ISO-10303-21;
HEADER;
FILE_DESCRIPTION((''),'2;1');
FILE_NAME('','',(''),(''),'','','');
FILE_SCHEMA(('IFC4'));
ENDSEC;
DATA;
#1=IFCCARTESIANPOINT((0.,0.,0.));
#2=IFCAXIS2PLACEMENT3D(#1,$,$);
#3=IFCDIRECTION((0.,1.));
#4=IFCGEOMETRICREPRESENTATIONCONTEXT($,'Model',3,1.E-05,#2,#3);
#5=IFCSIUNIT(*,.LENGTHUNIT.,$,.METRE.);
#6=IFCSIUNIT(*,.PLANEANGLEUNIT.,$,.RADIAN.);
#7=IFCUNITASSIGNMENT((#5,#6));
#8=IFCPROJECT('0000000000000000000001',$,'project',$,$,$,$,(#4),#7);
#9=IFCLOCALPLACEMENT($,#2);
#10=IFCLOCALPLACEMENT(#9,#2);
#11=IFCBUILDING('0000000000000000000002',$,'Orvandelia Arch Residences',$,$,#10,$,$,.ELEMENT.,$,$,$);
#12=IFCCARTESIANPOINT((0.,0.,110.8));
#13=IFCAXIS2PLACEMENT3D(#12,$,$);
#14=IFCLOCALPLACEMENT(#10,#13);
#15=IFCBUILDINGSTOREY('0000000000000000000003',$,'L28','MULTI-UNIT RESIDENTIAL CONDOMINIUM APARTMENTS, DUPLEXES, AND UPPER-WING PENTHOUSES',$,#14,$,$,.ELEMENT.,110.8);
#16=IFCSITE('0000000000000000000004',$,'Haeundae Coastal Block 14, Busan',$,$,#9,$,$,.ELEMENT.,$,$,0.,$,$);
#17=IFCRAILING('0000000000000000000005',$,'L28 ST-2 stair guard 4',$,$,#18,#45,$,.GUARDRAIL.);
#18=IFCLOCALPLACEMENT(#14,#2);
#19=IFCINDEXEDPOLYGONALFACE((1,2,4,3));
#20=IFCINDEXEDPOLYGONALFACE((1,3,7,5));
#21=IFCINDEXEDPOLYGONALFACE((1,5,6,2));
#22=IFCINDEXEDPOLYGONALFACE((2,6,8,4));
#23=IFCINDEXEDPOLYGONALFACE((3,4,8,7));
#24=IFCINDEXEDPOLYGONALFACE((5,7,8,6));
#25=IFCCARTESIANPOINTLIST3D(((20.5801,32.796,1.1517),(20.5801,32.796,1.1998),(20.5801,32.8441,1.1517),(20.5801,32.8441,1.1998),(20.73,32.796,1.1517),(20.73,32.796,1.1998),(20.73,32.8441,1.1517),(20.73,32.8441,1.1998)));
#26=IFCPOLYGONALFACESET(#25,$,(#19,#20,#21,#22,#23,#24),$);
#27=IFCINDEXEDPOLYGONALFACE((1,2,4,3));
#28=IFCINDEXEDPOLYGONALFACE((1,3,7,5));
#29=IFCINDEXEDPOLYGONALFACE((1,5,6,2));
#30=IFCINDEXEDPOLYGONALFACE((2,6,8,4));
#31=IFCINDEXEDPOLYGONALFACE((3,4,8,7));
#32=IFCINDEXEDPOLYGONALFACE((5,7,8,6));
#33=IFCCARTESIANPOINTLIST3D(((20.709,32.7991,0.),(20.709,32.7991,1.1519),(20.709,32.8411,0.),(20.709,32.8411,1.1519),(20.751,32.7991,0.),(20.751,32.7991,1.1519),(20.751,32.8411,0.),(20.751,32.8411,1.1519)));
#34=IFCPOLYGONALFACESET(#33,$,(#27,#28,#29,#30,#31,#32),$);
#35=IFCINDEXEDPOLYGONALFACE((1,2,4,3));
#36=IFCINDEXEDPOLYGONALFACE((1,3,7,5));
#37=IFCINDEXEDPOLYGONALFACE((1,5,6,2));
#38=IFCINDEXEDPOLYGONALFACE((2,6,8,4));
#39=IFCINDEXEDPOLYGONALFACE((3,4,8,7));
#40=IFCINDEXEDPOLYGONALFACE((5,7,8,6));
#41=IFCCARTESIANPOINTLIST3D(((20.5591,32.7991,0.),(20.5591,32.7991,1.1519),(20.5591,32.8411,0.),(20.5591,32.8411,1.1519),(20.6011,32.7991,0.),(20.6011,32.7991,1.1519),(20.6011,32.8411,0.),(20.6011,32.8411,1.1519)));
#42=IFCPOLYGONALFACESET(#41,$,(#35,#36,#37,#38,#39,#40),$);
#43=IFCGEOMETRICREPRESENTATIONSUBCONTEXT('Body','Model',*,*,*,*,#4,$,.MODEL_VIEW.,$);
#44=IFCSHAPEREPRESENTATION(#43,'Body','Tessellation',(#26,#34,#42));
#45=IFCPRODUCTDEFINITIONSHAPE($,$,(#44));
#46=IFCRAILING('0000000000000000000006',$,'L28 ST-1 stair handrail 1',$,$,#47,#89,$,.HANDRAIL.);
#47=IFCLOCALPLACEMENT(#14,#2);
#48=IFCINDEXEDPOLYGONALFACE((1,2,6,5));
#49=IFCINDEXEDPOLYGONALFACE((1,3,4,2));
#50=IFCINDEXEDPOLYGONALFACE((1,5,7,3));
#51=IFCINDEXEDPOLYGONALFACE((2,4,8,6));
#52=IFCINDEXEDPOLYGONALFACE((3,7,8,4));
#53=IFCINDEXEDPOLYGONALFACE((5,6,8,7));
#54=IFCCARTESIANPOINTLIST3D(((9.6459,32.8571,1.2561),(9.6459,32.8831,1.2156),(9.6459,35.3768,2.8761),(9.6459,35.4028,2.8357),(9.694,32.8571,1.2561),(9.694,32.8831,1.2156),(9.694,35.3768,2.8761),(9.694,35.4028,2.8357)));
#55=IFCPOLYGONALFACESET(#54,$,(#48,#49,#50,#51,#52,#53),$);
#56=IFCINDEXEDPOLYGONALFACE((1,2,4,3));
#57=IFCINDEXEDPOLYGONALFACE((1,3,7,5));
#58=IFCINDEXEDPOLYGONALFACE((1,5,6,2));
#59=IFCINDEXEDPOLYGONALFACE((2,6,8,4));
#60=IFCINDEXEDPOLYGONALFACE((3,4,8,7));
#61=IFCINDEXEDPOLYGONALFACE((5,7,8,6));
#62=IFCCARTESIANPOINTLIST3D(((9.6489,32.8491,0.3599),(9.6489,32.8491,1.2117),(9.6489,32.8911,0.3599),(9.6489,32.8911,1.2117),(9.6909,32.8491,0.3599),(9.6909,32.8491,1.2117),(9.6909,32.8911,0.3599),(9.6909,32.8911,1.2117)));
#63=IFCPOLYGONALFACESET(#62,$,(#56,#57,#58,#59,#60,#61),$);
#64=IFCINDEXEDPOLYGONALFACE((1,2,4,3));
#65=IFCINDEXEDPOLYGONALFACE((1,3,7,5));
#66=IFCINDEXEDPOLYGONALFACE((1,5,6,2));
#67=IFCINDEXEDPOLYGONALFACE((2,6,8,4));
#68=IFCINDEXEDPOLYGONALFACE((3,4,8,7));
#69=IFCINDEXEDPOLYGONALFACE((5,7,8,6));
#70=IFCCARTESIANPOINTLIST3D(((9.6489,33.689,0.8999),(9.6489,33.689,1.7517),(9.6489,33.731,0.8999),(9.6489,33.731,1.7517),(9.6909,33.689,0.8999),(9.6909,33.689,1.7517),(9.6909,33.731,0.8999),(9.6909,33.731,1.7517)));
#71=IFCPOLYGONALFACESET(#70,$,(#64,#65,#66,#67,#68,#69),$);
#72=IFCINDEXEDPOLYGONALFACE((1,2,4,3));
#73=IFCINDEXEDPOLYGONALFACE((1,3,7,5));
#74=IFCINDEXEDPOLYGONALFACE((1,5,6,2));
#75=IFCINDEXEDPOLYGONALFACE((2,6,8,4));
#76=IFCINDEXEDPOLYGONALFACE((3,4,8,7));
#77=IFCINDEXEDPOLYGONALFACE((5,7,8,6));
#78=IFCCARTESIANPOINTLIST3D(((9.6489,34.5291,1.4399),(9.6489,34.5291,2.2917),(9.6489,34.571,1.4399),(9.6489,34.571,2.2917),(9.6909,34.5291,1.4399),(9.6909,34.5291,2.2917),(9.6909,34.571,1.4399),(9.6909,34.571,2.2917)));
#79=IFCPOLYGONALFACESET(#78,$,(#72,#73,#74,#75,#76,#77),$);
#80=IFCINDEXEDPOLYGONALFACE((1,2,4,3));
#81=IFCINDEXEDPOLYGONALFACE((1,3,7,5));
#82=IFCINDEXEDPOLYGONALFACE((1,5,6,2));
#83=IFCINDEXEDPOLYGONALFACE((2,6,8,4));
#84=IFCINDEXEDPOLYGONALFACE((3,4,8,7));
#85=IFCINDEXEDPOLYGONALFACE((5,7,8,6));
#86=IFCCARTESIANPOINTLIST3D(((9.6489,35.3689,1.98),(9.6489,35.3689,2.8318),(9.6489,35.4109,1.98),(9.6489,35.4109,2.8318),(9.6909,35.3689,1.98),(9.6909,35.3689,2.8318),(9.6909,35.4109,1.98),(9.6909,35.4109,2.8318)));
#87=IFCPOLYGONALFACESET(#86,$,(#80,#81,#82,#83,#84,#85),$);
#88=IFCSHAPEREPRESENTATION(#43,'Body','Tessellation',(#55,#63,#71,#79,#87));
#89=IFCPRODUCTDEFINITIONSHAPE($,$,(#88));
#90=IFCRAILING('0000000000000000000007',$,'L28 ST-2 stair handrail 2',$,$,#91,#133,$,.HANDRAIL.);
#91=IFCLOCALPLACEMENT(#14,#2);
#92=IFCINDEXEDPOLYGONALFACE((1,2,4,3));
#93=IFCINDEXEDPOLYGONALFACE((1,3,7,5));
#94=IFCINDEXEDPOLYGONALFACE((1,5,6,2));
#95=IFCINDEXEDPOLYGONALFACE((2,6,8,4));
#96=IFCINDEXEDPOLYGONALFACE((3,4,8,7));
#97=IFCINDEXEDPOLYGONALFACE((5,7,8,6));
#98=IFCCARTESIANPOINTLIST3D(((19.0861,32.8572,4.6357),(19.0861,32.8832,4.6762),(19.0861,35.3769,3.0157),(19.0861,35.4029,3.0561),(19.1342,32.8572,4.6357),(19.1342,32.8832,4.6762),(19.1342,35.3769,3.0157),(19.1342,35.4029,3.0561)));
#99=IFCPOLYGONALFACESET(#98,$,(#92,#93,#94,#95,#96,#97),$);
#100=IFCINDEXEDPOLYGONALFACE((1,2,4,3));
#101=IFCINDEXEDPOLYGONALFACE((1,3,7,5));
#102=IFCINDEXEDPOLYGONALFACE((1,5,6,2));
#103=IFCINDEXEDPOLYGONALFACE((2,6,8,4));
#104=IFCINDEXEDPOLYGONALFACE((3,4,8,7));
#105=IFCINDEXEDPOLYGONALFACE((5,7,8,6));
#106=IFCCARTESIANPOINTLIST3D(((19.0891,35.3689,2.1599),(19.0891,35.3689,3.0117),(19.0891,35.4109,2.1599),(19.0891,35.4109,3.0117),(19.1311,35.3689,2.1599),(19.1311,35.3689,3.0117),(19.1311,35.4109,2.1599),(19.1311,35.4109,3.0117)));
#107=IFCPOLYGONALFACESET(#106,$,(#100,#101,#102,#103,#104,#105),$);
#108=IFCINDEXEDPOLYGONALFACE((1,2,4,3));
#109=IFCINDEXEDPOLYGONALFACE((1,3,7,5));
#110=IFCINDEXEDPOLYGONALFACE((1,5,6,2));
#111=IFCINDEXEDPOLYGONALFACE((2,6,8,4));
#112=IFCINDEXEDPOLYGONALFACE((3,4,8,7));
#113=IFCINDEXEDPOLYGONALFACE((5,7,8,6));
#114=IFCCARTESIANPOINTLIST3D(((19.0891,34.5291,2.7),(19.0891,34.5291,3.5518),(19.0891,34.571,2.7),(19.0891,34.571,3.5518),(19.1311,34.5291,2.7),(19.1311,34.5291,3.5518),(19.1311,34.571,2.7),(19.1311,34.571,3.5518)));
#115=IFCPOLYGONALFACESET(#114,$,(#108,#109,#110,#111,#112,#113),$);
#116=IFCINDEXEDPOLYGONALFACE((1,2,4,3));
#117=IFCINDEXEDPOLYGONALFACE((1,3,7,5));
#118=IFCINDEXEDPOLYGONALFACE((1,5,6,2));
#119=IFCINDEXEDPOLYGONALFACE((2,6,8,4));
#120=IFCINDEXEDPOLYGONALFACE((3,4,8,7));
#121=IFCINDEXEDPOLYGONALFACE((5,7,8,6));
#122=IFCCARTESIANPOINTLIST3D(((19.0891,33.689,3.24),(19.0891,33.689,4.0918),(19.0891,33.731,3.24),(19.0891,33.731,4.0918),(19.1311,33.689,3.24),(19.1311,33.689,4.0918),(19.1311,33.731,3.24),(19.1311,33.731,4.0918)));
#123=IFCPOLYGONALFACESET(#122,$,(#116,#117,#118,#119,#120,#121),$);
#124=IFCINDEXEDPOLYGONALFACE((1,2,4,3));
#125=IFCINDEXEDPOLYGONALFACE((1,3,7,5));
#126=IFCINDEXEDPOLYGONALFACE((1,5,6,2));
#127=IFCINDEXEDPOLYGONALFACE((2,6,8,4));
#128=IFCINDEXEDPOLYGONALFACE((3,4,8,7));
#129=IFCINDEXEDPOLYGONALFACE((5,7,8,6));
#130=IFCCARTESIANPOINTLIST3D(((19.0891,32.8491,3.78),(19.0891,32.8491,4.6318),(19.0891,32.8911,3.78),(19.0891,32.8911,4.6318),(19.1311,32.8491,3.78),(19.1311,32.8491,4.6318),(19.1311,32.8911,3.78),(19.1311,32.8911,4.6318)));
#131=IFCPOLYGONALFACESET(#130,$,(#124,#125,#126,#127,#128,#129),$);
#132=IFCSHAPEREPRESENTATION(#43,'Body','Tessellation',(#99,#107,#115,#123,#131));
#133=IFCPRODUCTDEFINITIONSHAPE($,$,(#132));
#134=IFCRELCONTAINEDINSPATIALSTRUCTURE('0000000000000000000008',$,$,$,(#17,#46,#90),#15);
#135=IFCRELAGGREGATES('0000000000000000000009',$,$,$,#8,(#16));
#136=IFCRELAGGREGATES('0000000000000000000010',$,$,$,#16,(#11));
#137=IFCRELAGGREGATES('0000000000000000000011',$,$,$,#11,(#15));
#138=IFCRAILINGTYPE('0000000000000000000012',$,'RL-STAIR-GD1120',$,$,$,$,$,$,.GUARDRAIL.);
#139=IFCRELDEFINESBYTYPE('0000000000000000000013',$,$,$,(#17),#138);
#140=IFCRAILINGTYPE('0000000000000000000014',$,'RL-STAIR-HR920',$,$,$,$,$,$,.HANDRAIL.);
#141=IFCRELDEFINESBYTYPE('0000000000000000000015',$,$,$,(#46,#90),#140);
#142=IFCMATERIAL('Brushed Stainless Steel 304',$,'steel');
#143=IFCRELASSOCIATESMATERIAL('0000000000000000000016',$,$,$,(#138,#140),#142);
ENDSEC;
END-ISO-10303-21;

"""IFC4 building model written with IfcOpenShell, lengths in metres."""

from ifc_helpers import new_model, si_unit, direction, frame, origin, origin_2d, place, context, subcontext, project, spatial, rectangle, extrude, material, type_object, element, save


model = new_model("IFC4")

# Units and contexts
model_context = context("Model", 3, precision=1e-05, world=origin(), true_north=direction((0.0, 1.0)))
body_context = subcontext(model_context, "Body", "Model", "MODEL_VIEW")
ifc_project = project(units=[si_unit("LENGTHUNIT", "METRE"), si_unit("PLANEANGLEUNIT", "RADIAN")], contexts=[model_context])

# Site, building, storey
site_placement = place(None, origin())
site = spatial("IfcSite", under=ifc_project, at=site_placement, Name="Haeundae Coastal Block 14, Busan", CompositionType="ELEMENT", RefElevation=0.0)
building_placement = place(site_placement, origin())
building = spatial("IfcBuilding", under=site, at=building_placement, Name="Orvandelia Arch Residences", CompositionType="ELEMENT")
storey_placement = place(building_placement, frame((0.0, 0.0, 110.8)))
storey = spatial("IfcBuildingStorey", under=building, at=storey_placement, Name="L28", Description="MULTI-UNIT RESIDENTIAL CONDOMINIUM APARTMENTS, DUPLEXES, AND UPPER-WING PENTHOUSES", CompositionType="ELEMENT", Elevation=110.8)

# Railings
ifc_material_1 = material(Name="Brushed Stainless Steel 304", Category="steel")
railing_type_1 = type_object("IfcRailingType", Name="RL-STAIR-GD1120", PredefinedType="GUARDRAIL", material=ifc_material_1)
railing_1_placement = place(storey_placement, frame((20.73, 32.8201, 0.0)))
element("IfcRailing", 1, at=railing_1_placement, inside=storey, type_object=railing_type_1, Name="L28 ST-2 stair guard 4", PredefinedType="GUARDRAIL", context=body_context, shape_type="SweptSolid", body=[
    extrude(rectangle(XDim=0.0481, YDim=0.0481, at=origin_2d()), frame((0.0, 0.0, 1.1758), z_axis=(-1.0, 0.0, 0.0), x_axis=(0.0, -1.0, 0.0)), (0.0, 0.0, 1.0), 0.1499),
    extrude(rectangle(XDim=0.042, YDim=0.042, at=origin_2d()), origin(), (0.0, 0.0, 1.0), 1.1519),
    extrude(rectangle(XDim=0.042, YDim=0.042, at=origin_2d()), frame((-0.1499, 0.0, 0.0)), (0.0, 0.0, 1.0), 1.1519),
])
railing_type_2 = type_object("IfcRailingType", Name="RL-STAIR-HR920", PredefinedType="HANDRAIL", material=ifc_material_1)
railing_2_placement = place(storey_placement, frame((9.6699, 32.8701, 0.3599)))
element("IfcRailing", 2, at=railing_2_placement, inside=storey, type_object=railing_type_2, Name="L28 ST-1 stair handrail 1", PredefinedType="HANDRAIL", context=body_context, shape_type="SweptSolid", body=[
    extrude(rectangle(XDim=0.0481, YDim=0.0481, at=origin_2d()), frame((0.0, 0.0, 0.876), z_axis=(0.0, 0.841139, 0.540819), x_axis=(-1.0, 0.0, 0.0)), (0.0, 0.0, 1.0), 2.9956),
    extrude(rectangle(XDim=0.042, YDim=0.042, at=origin_2d()), origin(), (0.0, 0.0, 1.0), 0.8518),
    extrude(rectangle(XDim=0.042, YDim=0.042, at=origin_2d()), frame((0.0, 0.8398, 0.54)), (0.0, 0.0, 1.0), 0.8518),
    extrude(rectangle(XDim=0.042, YDim=0.042, at=origin_2d()), frame((0.0, 1.6799, 1.0801)), (0.0, 0.0, 1.0), 0.8518),
    extrude(rectangle(XDim=0.042, YDim=0.042, at=origin_2d()), frame((0.0, 2.5198, 1.6201)), (0.0, 0.0, 1.0), 0.8518),
])
railing_3_placement = place(storey_placement, frame((19.1101, 35.3899, 2.1599)))
element("IfcRailing", 3, at=railing_3_placement, inside=storey, type_object=railing_type_2, Name="L28 ST-2 stair handrail 2", PredefinedType="HANDRAIL", context=body_context, shape_type="SweptSolid", body=[
    extrude(rectangle(XDim=0.0481, YDim=0.0481, at=origin_2d()), frame((0.0, 0.0, 0.876), z_axis=(0.0, -0.841139, 0.540819), x_axis=(1.0, 0.0, 0.0)), (0.0, 0.0, 1.0), 2.9956),
    extrude(rectangle(XDim=0.042, YDim=0.042, at=origin_2d()), origin(), (0.0, 0.0, 1.0), 0.8518),
    extrude(rectangle(XDim=0.042, YDim=0.042, at=origin_2d()), frame((0.0, -0.8398, 0.54)), (0.0, 0.0, 1.0), 0.8518),
    extrude(rectangle(XDim=0.042, YDim=0.042, at=origin_2d()), frame((0.0, -1.6799, 1.0801)), (0.0, 0.0, 1.0), 0.8518),
    extrude(rectangle(XDim=0.042, YDim=0.042, at=origin_2d()), frame((0.0, -2.5198, 1.6201)), (0.0, 0.0, 1.0), 0.8518),
])

save(model, "model.ifc")
